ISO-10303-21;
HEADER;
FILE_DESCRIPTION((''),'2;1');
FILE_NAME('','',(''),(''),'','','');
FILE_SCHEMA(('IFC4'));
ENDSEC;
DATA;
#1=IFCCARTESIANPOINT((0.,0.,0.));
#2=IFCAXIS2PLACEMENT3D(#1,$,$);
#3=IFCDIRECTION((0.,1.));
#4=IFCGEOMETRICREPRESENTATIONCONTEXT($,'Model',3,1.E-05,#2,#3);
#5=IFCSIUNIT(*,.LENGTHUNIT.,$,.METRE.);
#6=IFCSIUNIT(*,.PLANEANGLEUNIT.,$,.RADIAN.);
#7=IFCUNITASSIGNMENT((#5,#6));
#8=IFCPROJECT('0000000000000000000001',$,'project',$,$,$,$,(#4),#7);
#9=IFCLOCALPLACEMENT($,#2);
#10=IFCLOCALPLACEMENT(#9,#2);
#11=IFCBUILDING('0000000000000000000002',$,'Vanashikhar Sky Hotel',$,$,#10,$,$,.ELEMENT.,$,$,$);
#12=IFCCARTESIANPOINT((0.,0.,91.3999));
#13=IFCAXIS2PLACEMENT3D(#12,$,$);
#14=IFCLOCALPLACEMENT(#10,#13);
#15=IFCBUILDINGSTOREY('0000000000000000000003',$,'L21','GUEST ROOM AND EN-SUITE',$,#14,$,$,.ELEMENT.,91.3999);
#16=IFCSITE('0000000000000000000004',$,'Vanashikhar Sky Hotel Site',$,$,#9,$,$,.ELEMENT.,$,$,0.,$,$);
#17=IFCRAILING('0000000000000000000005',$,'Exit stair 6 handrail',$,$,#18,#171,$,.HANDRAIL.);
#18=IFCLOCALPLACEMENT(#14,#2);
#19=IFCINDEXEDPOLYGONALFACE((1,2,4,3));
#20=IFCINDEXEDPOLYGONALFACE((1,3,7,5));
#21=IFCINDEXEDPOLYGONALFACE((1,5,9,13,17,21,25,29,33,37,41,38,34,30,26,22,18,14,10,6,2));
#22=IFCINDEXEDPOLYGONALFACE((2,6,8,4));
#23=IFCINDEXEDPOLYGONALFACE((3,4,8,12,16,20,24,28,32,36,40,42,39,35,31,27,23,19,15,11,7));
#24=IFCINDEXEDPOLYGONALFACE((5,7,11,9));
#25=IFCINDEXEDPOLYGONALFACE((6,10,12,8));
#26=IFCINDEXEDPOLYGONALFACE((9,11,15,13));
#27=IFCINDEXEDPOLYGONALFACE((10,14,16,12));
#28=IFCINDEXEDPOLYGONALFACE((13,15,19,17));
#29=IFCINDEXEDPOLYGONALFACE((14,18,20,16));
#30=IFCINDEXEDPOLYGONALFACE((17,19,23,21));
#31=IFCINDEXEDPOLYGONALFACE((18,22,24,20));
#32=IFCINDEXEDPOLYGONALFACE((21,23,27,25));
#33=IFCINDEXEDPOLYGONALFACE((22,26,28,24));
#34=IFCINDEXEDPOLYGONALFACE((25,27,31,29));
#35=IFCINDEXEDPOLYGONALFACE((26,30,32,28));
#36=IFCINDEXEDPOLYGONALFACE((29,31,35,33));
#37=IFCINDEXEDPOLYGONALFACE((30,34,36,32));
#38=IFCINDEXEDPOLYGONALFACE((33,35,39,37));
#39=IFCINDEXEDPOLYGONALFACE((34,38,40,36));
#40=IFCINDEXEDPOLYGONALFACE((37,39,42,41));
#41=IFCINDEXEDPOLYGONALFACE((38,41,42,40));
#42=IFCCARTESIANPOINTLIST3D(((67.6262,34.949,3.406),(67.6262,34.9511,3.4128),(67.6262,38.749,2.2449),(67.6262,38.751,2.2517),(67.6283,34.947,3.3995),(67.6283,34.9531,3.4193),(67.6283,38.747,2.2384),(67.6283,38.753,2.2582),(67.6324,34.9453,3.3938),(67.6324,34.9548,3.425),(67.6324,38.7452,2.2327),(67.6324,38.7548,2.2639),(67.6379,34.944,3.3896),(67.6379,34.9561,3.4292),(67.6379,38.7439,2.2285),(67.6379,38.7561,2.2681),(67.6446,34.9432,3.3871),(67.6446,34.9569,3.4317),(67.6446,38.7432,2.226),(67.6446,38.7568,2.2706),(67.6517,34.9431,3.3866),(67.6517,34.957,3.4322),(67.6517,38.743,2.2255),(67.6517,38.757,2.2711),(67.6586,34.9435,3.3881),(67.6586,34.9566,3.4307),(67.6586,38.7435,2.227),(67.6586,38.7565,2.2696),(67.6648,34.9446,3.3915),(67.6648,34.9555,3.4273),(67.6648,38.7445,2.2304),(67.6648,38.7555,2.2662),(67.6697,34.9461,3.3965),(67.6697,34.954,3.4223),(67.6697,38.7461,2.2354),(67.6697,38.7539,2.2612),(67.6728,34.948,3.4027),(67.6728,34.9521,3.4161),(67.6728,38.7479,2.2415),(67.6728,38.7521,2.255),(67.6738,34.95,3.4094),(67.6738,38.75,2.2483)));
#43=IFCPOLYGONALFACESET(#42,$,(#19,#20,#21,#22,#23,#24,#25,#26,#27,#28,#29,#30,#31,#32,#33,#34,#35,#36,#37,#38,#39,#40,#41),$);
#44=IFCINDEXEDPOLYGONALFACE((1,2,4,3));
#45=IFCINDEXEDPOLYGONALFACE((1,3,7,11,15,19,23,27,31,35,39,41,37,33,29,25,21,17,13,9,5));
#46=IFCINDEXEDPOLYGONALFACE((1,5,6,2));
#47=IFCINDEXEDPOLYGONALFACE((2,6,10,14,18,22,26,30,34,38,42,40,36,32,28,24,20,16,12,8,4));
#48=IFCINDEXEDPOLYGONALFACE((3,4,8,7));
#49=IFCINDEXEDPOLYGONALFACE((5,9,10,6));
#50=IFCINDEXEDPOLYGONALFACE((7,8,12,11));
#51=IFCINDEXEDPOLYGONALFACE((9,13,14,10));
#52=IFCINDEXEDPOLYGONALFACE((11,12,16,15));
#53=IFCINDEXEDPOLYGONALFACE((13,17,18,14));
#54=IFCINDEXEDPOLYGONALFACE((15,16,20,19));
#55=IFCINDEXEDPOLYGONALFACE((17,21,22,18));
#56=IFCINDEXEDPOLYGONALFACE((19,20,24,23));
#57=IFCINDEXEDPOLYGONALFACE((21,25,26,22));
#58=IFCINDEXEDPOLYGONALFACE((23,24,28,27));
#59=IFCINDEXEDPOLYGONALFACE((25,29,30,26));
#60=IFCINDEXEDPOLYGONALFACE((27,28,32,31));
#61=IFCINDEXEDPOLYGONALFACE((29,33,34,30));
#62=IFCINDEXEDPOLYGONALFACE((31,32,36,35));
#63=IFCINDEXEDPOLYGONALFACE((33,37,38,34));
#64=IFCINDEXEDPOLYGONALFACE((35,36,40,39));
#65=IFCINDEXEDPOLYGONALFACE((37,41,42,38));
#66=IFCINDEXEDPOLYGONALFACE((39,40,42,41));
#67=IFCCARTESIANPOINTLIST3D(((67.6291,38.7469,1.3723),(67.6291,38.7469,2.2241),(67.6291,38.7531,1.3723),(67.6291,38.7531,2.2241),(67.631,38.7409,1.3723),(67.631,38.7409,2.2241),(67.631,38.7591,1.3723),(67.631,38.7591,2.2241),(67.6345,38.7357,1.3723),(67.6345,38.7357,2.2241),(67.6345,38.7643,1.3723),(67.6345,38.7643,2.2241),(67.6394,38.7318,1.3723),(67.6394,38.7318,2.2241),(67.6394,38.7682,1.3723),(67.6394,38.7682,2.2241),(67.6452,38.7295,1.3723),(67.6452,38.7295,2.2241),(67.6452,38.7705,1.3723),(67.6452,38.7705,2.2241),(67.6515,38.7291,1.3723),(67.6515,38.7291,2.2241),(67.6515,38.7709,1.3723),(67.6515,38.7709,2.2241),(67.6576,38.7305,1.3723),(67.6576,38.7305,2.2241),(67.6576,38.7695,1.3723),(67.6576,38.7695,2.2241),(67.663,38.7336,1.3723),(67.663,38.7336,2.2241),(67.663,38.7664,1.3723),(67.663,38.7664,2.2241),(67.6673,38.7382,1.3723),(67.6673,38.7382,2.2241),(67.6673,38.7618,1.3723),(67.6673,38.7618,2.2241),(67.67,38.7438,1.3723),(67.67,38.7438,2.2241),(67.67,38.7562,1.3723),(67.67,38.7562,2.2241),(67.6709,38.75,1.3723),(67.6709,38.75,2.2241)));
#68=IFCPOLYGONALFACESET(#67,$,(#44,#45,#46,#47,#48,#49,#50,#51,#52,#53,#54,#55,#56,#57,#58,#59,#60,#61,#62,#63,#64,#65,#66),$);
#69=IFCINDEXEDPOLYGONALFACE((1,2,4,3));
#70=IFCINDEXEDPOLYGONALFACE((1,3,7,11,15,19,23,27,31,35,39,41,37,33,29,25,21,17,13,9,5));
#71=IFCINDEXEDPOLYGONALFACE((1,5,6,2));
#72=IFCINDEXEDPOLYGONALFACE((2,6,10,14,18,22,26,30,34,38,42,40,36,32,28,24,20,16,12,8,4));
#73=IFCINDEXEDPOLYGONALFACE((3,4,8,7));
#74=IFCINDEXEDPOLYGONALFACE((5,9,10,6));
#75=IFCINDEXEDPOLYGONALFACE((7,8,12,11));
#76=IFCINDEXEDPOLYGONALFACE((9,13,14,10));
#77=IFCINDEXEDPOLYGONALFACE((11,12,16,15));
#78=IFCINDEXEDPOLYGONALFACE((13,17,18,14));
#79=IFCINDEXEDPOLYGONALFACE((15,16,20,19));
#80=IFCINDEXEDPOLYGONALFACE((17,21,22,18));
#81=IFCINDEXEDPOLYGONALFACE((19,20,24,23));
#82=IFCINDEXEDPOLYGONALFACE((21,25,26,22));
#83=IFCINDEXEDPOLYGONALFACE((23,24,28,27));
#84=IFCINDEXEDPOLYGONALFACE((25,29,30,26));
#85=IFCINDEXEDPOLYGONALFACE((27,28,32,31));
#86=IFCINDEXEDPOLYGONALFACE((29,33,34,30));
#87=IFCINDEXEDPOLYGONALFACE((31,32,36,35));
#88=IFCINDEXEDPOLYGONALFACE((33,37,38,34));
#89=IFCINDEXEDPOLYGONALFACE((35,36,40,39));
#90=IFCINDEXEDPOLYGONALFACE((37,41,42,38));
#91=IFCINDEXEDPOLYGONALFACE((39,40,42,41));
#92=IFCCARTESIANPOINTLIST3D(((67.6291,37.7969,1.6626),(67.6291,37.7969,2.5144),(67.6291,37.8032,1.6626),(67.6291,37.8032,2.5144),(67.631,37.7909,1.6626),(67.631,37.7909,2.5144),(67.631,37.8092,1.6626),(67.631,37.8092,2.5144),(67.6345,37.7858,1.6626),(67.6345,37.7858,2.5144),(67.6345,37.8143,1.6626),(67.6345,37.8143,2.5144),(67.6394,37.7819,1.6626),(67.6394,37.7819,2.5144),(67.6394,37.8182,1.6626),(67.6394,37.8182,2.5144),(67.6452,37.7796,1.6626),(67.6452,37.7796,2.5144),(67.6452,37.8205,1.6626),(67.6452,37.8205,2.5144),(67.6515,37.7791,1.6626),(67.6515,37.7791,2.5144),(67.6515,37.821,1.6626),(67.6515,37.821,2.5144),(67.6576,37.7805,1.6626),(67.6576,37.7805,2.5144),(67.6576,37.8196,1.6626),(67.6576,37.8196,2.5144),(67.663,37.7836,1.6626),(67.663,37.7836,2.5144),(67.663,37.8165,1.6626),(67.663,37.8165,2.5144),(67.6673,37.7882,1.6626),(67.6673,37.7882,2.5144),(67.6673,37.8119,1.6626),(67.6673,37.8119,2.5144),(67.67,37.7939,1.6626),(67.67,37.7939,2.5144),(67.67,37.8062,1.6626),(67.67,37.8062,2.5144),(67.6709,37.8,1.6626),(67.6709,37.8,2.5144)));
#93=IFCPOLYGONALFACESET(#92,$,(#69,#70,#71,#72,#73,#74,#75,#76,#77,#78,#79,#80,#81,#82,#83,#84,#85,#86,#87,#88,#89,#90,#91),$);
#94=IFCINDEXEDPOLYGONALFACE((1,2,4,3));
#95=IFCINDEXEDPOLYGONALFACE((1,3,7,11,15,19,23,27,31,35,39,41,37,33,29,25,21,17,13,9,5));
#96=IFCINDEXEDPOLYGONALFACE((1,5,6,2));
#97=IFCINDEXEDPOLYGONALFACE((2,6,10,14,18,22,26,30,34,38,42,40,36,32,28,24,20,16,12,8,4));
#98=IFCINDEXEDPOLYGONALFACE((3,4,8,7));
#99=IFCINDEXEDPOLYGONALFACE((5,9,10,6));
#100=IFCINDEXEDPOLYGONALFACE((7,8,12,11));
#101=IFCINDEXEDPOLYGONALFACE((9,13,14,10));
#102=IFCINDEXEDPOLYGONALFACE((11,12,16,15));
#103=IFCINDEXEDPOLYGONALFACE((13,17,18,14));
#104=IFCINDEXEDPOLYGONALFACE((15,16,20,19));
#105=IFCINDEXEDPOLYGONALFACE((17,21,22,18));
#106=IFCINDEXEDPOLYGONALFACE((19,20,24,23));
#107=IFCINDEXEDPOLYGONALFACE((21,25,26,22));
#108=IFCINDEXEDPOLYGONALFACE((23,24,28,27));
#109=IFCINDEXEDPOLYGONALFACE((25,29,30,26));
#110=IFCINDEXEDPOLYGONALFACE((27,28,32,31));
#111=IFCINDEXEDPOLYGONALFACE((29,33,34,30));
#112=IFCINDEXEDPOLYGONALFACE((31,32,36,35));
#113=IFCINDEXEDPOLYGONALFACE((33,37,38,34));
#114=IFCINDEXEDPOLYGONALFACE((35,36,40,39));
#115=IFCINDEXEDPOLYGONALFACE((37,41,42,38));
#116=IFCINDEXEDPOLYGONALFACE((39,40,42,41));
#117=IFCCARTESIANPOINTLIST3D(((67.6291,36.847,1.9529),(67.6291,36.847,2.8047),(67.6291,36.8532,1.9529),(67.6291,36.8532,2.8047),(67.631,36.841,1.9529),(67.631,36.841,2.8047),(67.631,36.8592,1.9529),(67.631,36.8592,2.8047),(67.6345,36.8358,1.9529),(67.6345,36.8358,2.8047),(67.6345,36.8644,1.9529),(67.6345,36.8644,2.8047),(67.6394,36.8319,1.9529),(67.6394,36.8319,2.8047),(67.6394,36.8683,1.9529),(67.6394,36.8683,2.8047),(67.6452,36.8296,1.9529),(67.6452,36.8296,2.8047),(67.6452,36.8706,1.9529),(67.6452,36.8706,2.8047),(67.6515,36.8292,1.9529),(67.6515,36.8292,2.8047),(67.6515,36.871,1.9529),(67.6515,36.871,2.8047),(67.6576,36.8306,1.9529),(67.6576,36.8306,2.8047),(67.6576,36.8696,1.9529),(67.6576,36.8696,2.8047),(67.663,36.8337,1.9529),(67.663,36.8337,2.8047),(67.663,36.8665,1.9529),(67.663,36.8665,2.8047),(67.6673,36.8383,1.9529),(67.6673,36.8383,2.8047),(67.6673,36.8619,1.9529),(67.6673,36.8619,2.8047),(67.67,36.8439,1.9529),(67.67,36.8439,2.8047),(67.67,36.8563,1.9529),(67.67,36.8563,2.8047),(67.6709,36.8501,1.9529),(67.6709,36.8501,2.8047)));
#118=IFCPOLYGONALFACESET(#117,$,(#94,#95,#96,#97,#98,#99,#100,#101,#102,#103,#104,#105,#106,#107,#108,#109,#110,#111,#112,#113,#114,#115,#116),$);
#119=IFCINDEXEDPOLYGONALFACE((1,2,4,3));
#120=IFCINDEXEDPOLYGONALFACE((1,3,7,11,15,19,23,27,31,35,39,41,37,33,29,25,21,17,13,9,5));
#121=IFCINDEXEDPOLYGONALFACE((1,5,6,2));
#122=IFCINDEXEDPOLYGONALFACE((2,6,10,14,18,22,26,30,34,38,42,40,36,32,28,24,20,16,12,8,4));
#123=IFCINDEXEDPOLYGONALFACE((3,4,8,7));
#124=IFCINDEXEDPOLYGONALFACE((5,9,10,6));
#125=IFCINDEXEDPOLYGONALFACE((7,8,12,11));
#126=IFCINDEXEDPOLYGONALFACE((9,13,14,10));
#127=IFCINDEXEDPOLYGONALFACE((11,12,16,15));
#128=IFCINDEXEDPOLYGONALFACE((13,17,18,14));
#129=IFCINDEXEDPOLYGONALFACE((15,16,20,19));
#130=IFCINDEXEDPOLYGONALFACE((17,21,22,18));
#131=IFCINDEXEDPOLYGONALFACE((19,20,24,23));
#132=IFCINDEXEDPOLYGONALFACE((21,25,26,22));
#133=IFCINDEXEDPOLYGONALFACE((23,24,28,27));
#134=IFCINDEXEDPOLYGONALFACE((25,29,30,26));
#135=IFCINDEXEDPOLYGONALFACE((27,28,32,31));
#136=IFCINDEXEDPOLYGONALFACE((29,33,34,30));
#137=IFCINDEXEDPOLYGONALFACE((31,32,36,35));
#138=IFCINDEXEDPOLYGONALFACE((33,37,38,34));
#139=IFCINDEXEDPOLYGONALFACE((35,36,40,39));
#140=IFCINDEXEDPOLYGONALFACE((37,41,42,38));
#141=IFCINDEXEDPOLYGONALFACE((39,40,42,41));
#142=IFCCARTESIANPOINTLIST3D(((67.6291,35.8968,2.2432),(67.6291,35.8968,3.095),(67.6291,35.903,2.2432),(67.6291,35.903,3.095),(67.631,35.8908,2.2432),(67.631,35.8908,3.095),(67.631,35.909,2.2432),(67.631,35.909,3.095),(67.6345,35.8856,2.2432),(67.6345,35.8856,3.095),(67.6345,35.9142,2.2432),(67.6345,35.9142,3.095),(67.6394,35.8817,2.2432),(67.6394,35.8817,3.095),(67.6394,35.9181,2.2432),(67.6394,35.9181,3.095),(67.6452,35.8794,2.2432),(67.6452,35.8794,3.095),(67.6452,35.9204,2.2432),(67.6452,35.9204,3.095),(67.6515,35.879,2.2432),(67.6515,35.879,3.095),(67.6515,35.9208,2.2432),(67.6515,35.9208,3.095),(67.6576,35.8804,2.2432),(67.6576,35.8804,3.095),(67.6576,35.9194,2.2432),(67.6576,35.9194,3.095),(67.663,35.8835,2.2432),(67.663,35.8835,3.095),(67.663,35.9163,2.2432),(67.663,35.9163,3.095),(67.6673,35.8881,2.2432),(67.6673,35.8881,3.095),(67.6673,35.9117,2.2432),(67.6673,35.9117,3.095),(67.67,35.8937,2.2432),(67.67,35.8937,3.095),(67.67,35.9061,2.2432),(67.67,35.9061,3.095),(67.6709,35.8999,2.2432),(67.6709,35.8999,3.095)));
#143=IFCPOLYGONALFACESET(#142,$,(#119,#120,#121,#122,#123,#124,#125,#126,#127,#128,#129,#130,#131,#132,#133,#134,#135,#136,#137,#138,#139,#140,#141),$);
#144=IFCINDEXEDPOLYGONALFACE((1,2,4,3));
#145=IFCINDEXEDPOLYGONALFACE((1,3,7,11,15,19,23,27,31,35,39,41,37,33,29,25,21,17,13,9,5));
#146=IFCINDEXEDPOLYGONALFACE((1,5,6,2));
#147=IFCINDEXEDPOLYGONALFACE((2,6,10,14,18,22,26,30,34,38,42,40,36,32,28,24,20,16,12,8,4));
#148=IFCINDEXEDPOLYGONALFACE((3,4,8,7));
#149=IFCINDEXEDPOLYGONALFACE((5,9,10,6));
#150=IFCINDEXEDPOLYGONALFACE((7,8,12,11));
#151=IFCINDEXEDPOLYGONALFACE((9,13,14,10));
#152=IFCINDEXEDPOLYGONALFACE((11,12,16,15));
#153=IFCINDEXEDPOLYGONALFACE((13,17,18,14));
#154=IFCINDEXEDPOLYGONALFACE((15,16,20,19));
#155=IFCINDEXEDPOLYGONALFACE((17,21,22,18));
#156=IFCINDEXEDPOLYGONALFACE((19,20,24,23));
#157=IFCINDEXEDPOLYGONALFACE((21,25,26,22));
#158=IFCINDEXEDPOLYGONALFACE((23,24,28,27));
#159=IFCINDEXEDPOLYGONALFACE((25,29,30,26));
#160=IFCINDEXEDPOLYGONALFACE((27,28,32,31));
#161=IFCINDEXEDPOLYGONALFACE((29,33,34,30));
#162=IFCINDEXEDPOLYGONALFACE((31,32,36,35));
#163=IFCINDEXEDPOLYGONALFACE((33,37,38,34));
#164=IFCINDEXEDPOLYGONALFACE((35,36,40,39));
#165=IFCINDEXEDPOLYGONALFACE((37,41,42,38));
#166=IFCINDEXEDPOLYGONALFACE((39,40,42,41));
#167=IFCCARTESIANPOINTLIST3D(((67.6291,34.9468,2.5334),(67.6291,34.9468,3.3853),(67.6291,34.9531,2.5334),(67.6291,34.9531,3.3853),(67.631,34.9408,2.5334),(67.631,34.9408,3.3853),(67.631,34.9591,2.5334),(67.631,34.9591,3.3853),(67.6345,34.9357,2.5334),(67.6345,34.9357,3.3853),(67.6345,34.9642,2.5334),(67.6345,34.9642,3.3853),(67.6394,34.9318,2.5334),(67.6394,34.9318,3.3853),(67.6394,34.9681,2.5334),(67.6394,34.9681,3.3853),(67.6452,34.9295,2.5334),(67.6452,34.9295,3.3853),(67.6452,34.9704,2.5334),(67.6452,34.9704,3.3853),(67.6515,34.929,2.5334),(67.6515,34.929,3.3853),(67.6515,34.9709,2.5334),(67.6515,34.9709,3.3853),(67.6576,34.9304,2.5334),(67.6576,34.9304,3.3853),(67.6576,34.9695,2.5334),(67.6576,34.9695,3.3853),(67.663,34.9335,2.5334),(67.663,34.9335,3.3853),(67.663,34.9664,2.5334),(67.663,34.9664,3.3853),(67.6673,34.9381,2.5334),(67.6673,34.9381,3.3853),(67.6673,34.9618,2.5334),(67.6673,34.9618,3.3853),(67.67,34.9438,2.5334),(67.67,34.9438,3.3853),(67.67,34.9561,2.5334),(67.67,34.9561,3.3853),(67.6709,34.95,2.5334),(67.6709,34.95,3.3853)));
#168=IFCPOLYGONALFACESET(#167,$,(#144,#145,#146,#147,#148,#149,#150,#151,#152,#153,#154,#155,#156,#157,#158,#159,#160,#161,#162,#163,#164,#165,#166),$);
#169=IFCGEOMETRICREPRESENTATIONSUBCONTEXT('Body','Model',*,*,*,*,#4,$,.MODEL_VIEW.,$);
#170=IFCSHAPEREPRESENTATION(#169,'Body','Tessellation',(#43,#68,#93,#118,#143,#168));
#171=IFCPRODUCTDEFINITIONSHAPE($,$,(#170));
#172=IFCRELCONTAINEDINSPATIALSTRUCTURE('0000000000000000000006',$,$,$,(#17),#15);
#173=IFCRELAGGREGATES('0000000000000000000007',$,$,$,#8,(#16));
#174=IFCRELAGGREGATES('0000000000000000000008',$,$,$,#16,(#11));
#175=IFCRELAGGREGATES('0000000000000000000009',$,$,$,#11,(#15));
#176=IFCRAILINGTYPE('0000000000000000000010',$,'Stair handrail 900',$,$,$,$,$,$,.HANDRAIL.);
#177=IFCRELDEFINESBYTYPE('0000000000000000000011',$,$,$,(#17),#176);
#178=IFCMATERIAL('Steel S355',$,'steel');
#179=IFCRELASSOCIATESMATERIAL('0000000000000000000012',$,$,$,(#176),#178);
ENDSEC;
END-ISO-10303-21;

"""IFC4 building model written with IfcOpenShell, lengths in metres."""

from ifc_helpers import new_model, si_unit, direction, frame, origin, origin_2d, place, context, subcontext, project, spatial, circle, extrude, source, transform, mapped, material, type_object, element, save


model = new_model("IFC4")

# Units and contexts
model_context = context("Model", 3, precision=1e-05, world=origin(), true_north=direction((0.0, 1.0)))
body_context = subcontext(model_context, "Body", "Model", "MODEL_VIEW")
ifc_project = project(units=[si_unit("LENGTHUNIT", "METRE"), si_unit("PLANEANGLEUNIT", "RADIAN")], contexts=[model_context])

# Site, building, storey
site_placement = place(None, origin())
site = spatial("IfcSite", under=ifc_project, at=site_placement, Name="Vanashikhar Sky Hotel Site", CompositionType="ELEMENT", RefElevation=0.0)
building_placement = place(site_placement, origin())
building = spatial("IfcBuilding", under=site, at=building_placement, Name="Vanashikhar Sky Hotel", CompositionType="ELEMENT")
storey_placement = place(building_placement, frame((0.0, 0.0, 91.3999)))
storey = spatial("IfcBuildingStorey", under=building, at=storey_placement, Name="L21", Description="GUEST ROOM AND EN-SUITE", CompositionType="ELEMENT", Elevation=91.3999)

# Railing
ifc_material_1 = material(Name="Steel S355", Category="steel")
railing_type_1 = type_object("IfcRailingType", Name="Stair handrail 900", PredefinedType="HANDRAIL", material=ifc_material_1)
shared_shape_1 = source(origin(), body_context, "Body", "SweptSolid", [
    extrude(circle(Radius=0.0239, at=origin_2d()), frame((0.0, 0.0, 0.876), z_axis=(0.0, -0.956351, 0.29222), x_axis=(1.0, 0.0, 0.0)), (0.0, 0.0, 1.0), 3.9734),
    extrude(circle(Radius=0.021, at=origin_2d()), origin(), (0.0, 0.0, 1.0), 0.8518),
    extrude(circle(Radius=0.021, at=origin_2d()), frame((0.0, -0.95, 0.2903)), (0.0, 0.0, 1.0), 0.8518),
    extrude(circle(Radius=0.021, at=origin_2d()), frame((0.0, -1.8999, 0.5806)), (0.0, 0.0, 1.0), 0.8518),
    extrude(circle(Radius=0.021, at=origin_2d()), frame((0.0, -2.8501, 0.8708)), (0.0, 0.0, 1.0), 0.8518),
    extrude(circle(Radius=0.021, at=origin_2d()), frame((0.0, -3.8, 1.1611)), (0.0, 0.0, 1.0), 0.8518),
])
railing_1_placement = place(storey_placement, frame((67.6499, 38.75, 1.3723)))
element("IfcRailing", 1, at=railing_1_placement, inside=storey, type_object=railing_type_1, Name="Exit stair 6 handrail", PredefinedType="HANDRAIL", context=body_context, shape_type="MappedRepresentation", body=[
    mapped(shared_shape_1, transform((0.0, 0.0, 0.0), scale=1.0)),
])

save(model, "model.ifc")
